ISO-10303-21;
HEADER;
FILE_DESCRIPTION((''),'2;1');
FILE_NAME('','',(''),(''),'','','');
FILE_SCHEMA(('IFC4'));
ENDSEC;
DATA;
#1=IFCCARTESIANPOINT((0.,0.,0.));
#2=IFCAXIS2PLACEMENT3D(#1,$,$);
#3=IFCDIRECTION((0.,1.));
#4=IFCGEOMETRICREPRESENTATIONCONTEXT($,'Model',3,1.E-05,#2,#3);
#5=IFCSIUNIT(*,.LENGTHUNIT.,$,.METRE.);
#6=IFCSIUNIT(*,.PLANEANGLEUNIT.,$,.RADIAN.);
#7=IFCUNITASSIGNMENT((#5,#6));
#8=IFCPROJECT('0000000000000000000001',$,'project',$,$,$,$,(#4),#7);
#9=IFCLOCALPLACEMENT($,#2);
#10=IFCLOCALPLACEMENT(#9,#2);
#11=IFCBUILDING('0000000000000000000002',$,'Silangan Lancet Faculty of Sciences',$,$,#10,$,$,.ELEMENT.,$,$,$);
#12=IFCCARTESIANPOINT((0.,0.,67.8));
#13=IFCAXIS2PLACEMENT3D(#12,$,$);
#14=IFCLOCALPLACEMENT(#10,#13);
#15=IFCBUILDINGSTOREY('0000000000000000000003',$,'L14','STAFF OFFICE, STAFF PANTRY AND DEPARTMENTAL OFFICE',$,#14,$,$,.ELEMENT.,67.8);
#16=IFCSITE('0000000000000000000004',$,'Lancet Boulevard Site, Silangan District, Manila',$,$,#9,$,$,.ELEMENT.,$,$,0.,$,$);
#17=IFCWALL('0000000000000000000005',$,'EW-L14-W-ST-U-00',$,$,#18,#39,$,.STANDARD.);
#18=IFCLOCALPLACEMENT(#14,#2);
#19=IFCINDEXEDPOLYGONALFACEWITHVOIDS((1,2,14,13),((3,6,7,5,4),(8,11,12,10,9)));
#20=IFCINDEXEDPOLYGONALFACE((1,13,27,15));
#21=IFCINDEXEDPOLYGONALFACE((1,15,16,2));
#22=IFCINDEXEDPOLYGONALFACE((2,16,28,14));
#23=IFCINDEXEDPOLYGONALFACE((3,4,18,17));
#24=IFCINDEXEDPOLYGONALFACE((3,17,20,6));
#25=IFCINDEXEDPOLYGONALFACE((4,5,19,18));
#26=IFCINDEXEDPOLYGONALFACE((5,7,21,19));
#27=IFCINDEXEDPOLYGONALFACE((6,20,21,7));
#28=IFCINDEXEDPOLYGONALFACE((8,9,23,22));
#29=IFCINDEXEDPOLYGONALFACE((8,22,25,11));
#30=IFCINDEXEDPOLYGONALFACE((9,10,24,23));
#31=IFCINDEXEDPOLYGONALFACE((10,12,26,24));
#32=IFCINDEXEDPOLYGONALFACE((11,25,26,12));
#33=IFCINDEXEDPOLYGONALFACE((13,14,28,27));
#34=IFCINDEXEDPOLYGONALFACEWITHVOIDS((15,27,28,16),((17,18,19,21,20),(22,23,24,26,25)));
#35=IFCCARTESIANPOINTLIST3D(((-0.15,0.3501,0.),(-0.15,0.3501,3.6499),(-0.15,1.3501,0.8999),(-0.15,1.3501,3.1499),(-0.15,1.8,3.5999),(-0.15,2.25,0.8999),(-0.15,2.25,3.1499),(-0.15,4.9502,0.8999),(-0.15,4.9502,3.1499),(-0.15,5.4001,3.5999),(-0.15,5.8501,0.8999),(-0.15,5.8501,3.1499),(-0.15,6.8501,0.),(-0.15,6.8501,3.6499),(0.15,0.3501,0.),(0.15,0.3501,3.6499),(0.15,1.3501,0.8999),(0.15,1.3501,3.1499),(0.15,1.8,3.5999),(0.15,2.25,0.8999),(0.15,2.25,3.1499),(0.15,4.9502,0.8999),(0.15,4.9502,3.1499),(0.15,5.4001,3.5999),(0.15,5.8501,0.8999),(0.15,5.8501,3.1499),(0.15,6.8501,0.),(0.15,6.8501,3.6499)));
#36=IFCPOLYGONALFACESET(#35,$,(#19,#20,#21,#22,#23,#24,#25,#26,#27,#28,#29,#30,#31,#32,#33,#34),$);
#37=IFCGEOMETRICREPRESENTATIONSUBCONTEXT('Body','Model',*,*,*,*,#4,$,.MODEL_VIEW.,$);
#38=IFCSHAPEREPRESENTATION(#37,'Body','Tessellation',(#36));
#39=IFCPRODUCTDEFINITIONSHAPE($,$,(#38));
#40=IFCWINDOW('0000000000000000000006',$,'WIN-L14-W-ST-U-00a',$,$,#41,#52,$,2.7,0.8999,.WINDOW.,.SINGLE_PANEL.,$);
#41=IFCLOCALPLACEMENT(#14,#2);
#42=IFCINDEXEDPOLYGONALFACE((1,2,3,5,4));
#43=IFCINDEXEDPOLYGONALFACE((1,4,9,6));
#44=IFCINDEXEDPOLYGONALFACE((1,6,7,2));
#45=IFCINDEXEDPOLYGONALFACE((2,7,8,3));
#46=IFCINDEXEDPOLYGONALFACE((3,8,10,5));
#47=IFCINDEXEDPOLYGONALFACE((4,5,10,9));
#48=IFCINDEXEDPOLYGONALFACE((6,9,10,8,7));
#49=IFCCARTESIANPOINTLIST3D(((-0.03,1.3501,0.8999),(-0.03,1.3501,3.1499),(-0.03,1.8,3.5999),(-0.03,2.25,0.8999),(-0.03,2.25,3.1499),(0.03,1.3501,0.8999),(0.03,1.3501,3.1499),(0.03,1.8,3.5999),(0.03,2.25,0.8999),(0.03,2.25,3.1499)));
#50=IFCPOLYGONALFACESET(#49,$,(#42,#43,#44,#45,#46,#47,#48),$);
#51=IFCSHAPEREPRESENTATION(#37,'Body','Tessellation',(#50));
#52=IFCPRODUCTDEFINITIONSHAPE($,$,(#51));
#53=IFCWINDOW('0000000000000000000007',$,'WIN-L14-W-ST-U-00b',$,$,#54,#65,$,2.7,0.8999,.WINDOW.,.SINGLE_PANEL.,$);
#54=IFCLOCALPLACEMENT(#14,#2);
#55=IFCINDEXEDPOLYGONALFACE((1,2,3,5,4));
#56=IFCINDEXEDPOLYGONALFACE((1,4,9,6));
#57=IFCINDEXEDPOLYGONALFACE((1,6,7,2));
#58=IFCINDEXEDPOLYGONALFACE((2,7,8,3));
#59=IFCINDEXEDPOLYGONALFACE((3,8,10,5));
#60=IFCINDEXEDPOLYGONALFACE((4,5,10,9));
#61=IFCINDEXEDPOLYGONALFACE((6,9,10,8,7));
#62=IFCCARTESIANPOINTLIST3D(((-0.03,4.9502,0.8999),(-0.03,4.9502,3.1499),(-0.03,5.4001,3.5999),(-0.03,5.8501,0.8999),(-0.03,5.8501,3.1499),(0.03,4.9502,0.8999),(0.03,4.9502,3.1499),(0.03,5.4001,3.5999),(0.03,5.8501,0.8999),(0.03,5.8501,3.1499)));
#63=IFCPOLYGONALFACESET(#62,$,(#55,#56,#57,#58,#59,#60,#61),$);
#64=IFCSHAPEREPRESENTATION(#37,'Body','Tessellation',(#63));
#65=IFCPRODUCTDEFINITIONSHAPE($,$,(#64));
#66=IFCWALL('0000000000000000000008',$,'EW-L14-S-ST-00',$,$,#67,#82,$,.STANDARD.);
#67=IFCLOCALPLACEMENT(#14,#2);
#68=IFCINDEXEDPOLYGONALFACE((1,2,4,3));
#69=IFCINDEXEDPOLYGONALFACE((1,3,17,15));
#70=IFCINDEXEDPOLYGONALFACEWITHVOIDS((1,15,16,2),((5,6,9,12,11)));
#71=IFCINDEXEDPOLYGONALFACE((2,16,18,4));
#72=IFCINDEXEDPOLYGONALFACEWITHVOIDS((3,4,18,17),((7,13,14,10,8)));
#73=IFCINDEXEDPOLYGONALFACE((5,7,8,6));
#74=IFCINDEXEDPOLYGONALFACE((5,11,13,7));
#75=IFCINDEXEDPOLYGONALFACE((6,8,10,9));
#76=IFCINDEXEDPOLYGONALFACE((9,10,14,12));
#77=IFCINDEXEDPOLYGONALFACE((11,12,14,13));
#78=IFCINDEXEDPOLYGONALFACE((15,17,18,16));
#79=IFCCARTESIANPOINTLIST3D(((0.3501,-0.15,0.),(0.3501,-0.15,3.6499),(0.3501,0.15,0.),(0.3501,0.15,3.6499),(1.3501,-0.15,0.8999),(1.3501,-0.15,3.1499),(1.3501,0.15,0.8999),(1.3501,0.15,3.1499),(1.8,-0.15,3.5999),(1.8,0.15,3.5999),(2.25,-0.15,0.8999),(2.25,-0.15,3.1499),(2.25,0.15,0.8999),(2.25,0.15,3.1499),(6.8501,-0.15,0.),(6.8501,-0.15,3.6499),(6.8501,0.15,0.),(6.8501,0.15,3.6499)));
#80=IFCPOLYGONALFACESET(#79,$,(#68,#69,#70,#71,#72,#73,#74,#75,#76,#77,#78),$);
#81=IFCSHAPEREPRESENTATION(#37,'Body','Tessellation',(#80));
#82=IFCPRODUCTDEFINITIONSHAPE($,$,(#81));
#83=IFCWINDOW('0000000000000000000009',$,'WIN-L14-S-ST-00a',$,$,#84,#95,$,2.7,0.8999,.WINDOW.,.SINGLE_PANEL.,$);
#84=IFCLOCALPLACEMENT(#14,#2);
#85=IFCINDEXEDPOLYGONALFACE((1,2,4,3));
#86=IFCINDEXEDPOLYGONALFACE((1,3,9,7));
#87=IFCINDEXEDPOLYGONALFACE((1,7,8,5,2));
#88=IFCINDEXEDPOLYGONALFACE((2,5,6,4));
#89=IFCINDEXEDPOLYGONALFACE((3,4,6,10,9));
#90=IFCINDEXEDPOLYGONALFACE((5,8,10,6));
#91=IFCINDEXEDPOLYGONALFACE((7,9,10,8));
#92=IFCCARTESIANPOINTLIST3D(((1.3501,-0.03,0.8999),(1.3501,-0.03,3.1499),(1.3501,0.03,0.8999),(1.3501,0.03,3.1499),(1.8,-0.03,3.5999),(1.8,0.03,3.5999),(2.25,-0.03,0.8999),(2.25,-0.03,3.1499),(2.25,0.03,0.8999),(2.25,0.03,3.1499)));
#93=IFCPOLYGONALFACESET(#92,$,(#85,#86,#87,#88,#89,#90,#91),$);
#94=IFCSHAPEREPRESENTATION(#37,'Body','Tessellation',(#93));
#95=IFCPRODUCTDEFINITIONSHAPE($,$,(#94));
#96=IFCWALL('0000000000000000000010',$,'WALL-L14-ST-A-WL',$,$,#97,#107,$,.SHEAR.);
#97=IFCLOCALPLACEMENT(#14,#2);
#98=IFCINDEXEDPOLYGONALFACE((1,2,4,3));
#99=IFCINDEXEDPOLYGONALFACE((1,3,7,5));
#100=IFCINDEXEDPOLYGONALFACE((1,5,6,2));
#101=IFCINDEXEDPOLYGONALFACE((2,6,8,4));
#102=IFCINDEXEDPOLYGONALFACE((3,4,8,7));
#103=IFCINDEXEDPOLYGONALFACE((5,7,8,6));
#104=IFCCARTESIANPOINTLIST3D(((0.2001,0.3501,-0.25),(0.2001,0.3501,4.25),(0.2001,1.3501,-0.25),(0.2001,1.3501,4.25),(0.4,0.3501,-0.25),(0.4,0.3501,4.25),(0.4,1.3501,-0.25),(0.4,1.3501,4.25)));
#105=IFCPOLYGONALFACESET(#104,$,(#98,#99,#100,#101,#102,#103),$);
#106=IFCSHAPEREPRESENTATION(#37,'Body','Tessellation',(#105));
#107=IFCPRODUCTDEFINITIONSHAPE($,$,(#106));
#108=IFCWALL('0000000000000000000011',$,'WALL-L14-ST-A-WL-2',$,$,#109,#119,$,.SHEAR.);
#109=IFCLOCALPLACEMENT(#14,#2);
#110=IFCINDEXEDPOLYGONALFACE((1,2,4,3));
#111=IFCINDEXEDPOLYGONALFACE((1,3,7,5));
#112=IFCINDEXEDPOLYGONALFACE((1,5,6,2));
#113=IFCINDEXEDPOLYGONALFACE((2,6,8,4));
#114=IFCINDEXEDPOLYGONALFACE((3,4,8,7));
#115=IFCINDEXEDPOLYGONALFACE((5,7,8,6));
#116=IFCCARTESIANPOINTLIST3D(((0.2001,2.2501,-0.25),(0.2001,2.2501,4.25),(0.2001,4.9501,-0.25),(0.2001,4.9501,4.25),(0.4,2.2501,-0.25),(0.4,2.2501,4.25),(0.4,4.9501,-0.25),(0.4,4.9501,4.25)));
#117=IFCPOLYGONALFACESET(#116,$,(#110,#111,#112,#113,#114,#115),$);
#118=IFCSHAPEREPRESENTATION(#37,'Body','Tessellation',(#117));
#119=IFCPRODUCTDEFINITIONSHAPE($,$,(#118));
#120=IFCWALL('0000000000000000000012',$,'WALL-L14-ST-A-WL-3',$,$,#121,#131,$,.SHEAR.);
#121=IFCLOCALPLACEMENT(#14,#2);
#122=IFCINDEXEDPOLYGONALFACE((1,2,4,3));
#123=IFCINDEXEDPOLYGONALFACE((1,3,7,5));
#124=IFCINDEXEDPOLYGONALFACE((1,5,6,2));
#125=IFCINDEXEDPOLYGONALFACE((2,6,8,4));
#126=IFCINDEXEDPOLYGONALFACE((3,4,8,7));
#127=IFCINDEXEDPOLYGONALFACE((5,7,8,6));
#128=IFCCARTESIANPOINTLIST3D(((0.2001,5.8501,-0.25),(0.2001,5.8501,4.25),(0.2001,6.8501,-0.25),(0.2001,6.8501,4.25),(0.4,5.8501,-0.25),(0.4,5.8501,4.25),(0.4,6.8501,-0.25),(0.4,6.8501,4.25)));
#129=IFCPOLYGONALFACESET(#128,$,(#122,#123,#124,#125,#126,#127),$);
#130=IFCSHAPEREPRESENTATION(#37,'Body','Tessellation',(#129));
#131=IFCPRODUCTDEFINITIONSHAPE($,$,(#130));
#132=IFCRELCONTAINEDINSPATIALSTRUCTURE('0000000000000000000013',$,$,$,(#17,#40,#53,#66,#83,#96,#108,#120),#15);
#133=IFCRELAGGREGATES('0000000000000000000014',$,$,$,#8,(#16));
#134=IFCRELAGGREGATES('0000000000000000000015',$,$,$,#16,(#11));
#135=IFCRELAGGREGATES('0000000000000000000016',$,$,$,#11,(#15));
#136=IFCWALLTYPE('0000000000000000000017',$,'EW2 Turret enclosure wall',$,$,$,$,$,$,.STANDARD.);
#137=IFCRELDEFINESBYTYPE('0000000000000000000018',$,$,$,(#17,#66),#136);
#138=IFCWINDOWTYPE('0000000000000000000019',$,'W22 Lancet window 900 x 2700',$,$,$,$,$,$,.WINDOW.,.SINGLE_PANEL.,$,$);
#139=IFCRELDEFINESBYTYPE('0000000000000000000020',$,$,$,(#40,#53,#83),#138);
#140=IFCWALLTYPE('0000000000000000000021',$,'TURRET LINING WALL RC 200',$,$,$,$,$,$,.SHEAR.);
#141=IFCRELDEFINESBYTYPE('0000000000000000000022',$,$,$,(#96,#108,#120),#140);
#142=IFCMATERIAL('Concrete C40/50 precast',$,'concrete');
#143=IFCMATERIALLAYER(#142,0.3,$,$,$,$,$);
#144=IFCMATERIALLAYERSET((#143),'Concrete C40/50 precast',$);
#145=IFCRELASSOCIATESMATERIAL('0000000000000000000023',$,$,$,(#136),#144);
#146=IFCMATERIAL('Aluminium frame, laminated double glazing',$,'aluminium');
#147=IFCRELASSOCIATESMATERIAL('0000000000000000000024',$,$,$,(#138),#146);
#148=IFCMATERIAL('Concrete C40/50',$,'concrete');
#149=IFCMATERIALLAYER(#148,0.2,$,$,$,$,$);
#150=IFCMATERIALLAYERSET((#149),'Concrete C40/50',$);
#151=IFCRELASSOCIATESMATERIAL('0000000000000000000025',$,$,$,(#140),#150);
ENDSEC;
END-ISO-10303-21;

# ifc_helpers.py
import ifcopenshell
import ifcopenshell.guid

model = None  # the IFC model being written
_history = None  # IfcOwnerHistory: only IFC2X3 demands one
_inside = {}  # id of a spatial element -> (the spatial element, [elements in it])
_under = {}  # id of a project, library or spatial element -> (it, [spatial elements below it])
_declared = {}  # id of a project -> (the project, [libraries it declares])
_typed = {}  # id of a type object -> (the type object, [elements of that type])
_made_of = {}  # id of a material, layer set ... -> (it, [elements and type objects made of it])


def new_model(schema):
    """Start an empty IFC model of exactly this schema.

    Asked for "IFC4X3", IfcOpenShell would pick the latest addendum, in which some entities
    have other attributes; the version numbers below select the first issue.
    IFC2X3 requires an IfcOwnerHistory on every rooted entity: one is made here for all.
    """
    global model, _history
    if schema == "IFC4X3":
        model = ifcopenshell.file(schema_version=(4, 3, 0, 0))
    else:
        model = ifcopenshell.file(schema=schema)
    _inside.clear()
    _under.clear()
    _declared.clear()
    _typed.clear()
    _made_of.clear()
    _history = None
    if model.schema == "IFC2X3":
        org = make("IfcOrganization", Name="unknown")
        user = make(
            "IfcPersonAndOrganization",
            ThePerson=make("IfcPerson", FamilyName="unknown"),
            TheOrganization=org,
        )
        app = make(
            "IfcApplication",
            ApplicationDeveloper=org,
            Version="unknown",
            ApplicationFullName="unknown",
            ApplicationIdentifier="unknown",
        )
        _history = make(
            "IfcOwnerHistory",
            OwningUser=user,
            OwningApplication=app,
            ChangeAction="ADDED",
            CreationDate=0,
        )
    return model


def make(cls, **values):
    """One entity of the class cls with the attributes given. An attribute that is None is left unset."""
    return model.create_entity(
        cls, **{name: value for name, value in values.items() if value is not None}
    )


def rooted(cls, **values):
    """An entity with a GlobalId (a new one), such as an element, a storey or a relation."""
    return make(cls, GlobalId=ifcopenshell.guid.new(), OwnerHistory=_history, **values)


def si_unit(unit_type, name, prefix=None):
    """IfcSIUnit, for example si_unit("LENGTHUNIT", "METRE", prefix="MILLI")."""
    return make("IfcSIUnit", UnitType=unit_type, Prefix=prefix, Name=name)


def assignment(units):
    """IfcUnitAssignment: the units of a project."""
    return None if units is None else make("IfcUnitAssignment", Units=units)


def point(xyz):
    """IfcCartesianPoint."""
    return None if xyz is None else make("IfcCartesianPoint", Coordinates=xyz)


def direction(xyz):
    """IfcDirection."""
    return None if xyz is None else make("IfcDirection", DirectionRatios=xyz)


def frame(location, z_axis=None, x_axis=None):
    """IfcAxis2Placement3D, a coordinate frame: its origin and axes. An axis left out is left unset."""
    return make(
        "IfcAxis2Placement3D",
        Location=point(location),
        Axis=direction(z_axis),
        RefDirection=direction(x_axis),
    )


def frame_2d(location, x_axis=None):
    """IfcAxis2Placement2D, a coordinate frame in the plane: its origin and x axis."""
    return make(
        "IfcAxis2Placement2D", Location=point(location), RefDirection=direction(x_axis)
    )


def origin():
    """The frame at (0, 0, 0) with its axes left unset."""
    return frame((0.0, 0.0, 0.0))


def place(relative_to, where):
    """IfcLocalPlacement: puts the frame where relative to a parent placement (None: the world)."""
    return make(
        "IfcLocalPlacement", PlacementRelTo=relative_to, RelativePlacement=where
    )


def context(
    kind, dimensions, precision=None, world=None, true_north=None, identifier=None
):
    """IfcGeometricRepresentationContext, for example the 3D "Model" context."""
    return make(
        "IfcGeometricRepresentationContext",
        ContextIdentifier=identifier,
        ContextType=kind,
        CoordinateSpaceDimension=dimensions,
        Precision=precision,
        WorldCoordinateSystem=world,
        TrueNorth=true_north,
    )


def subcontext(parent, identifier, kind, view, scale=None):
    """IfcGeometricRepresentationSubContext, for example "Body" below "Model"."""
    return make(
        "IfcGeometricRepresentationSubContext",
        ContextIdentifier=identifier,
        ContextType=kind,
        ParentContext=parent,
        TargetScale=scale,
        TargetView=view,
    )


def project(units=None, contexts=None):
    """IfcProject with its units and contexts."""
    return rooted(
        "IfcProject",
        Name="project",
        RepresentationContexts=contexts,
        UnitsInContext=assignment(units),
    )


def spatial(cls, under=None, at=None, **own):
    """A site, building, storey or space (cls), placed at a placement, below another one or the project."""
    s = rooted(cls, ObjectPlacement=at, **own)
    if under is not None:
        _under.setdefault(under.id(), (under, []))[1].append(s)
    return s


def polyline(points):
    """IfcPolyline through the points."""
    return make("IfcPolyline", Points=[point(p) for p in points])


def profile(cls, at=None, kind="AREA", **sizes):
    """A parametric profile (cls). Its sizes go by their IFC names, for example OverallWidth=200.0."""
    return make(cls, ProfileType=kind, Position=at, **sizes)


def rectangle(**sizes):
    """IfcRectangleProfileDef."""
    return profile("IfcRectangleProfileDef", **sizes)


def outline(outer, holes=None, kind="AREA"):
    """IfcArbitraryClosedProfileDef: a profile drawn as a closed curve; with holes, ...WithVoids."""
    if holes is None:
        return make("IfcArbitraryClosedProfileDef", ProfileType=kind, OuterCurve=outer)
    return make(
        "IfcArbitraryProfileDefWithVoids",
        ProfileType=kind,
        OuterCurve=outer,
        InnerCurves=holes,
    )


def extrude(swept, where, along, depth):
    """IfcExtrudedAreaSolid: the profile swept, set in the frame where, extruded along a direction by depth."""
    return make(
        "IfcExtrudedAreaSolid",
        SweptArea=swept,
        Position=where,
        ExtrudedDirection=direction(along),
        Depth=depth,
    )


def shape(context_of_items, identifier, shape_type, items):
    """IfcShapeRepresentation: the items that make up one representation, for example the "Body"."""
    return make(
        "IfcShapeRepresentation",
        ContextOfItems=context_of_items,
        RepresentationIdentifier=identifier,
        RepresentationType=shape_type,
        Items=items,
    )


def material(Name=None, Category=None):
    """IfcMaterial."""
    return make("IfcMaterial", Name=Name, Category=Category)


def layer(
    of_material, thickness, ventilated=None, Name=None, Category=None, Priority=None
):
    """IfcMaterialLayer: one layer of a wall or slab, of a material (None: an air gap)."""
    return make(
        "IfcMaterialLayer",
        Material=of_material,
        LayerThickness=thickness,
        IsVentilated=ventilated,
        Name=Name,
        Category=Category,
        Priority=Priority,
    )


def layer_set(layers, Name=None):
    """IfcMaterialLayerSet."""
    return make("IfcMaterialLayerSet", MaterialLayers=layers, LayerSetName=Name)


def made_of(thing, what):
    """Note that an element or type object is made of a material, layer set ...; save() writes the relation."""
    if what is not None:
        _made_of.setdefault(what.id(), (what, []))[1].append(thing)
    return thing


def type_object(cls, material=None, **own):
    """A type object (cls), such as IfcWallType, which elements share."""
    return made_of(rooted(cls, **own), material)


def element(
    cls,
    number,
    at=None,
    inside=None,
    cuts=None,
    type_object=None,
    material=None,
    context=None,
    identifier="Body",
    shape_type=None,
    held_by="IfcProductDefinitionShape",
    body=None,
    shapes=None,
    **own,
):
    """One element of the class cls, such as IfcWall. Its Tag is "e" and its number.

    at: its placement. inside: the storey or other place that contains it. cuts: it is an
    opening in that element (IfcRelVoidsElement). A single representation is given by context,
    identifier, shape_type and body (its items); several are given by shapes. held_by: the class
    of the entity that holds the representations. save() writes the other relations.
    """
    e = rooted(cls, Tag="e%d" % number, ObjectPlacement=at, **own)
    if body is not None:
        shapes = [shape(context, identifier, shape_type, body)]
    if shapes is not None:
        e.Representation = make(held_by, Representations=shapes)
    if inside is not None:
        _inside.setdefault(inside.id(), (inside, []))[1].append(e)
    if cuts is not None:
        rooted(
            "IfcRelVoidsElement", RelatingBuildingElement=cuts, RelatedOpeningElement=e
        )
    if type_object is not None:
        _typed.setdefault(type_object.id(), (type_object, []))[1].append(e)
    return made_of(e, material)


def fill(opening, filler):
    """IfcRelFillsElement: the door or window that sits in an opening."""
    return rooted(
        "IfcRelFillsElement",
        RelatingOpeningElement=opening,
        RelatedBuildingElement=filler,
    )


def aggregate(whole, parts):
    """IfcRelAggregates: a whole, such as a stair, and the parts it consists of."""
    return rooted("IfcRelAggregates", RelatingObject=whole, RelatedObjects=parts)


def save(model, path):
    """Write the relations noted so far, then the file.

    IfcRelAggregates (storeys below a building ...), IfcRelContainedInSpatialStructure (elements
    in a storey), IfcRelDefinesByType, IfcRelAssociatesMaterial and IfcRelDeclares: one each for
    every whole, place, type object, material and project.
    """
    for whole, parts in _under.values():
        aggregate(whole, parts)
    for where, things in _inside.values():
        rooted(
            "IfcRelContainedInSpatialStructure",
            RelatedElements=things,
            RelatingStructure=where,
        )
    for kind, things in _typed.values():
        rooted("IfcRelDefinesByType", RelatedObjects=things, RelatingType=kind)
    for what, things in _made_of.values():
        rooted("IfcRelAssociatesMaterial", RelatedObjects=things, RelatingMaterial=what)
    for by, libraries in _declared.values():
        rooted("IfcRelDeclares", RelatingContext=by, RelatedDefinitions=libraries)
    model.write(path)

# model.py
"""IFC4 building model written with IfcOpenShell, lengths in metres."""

from ifc_helpers import new_model, si_unit, direction, frame, frame_2d, origin, place, context, subcontext, project, spatial, polyline, rectangle, outline, extrude, material, layer, layer_set, type_object, element, fill, save


model = new_model("IFC4")

# Units and contexts
model_context = context("Model", 3, precision=1e-05, world=origin(), true_north=direction((0.0, 1.0)))
body_context = subcontext(model_context, "Body", "Model", "MODEL_VIEW")
ifc_project = project(units=[si_unit("LENGTHUNIT", "METRE"), si_unit("PLANEANGLEUNIT", "RADIAN")], contexts=[model_context])

# Site, building, storey
site_placement = place(None, origin())
site = spatial("IfcSite", under=ifc_project, at=site_placement, Name="Lancet Boulevard Site, Silangan District, Manila", CompositionType="ELEMENT", RefElevation=0.0)
building_placement = place(site_placement, origin())
building = spatial("IfcBuilding", under=site, at=building_placement, Name="Silangan Lancet Faculty of Sciences", CompositionType="ELEMENT")
storey_placement = place(building_placement, frame((0.0, 0.0, 67.8)))
storey = spatial("IfcBuildingStorey", under=building, at=storey_placement, Name="L14", Description="STAFF OFFICE, STAFF PANTRY AND DEPARTMENTAL OFFICE", CompositionType="ELEMENT", Elevation=67.8)

# Wall, openings, windows
ifc_material_1 = material(Name="Concrete C40/50 precast", Category="concrete")
ifc_layer_1 = layer(ifc_material_1, 0.3)
ifc_layer_set_1 = layer_set([ifc_layer_1], Name="Concrete C40/50 precast")
wall_type_1 = type_object("IfcWallType", Name="EW2 Turret enclosure wall", PredefinedType="STANDARD", material=ifc_layer_set_1)
wall_1_placement = place(storey_placement, frame((0.0, 0.3501, 0.0), z_axis=(0.0, 0.0, 1.0), x_axis=(0.0, 1.0, 0.0)))
wall_1 = element("IfcWall", 1, at=wall_1_placement, inside=storey, type_object=wall_type_1, Name="EW-L14-W-ST-U-00", PredefinedType="STANDARD", context=body_context, shape_type="SweptSolid", body=[
    extrude(rectangle(XDim=6.5, YDim=0.3, at=frame_2d((3.25, 0.0))), origin(), (0.0, 0.0, 1.0), 3.6499),
])
opening_1_placement = place(wall_1_placement, frame((1.0, 0.0, 0.8999)))
opening_1 = element("IfcOpeningElement", 2, at=opening_1_placement, cuts=wall_1, PredefinedType="OPENING", context=body_context, shape_type="SweptSolid", body=[
    extrude(outline(polyline([(0.0, 0.0), (0.8999, 0.0), (0.8999, 2.25), (0.45, 2.7), (0.0, 2.25), (0.0, 0.0)])), frame((0.0, 0.1599, 0.0), z_axis=(0.0, -1.0, 0.0), x_axis=(1.0, 0.0, 0.0)), (0.0, 0.0, 1.0), 0.3201),
])
opening_2_placement = place(wall_1_placement, frame((4.6001, 0.0, 0.8999)))
opening_2 = element("IfcOpeningElement", 3, at=opening_2_placement, cuts=wall_1, PredefinedType="OPENING", context=body_context, shape_type="SweptSolid", body=[
    extrude(outline(polyline([(0.0, 0.0), (0.8999, 0.0), (0.8999, 2.25), (0.45, 2.7), (0.0, 2.25), (0.0, 0.0)])), frame((0.0, 0.1599, 0.0), z_axis=(0.0, -1.0, 0.0), x_axis=(1.0, 0.0, 0.0)), (0.0, 0.0, 1.0), 0.3201),
])
ifc_material_2 = material(Name="Aluminium frame, laminated double glazing", Category="aluminium")
window_type = type_object("IfcWindowType", Name="W22 Lancet window 900 x 2700", PartitioningType="SINGLE_PANEL", PredefinedType="WINDOW", material=ifc_material_2)
window_1_placement = place(opening_1_placement, origin())
window_1 = element("IfcWindow", 4, at=window_1_placement, inside=storey, type_object=window_type, Name="WIN-L14-W-ST-U-00a", OverallHeight=2.7, OverallWidth=0.8999, PartitioningType="SINGLE_PANEL", PredefinedType="WINDOW", context=body_context, shape_type="SweptSolid", body=[
    extrude(outline(polyline([(0.0, 0.0), (0.8999, 0.0), (0.8999, 2.25), (0.45, 2.7), (0.0, 2.25), (0.0, 0.0)])), frame((0.0, 0.03, 0.0), z_axis=(0.0, -1.0, 0.0), x_axis=(1.0, 0.0, 0.0)), (0.0, 0.0, 1.0), 0.0601),
])
fill(opening_1, window_1)
window_2_placement = place(opening_2_placement, origin())
window_2 = element("IfcWindow", 5, at=window_2_placement, inside=storey, type_object=window_type, Name="WIN-L14-W-ST-U-00b", OverallHeight=2.7, OverallWidth=0.8999, PartitioningType="SINGLE_PANEL", PredefinedType="WINDOW", context=body_context, shape_type="SweptSolid", body=[
    extrude(outline(polyline([(0.0, 0.0), (0.8999, 0.0), (0.8999, 2.25), (0.45, 2.7), (0.0, 2.25), (0.0, 0.0)])), frame((0.0, 0.03, 0.0), z_axis=(0.0, -1.0, 0.0), x_axis=(1.0, 0.0, 0.0)), (0.0, 0.0, 1.0), 0.0601),
])
fill(opening_2, window_2)

# Wall, opening, window
wall_2_placement = place(storey_placement, frame((0.3501, 0.0, 0.0), z_axis=(0.0, 0.0, 1.0), x_axis=(1.0, 0.0, 0.0)))
wall_2 = element("IfcWall", 6, at=wall_2_placement, inside=storey, type_object=wall_type_1, Name="EW-L14-S-ST-00", PredefinedType="STANDARD", context=body_context, shape_type="SweptSolid", body=[
    extrude(rectangle(XDim=6.5, YDim=0.3, at=frame_2d((3.25, 0.0))), origin(), (0.0, 0.0, 1.0), 3.6499),
])
opening_3_placement = place(wall_2_placement, frame((1.0, 0.0, 0.8999)))
opening_3 = element("IfcOpeningElement", 7, at=opening_3_placement, cuts=wall_2, PredefinedType="OPENING", context=body_context, shape_type="SweptSolid", body=[
    extrude(outline(polyline([(0.0, 0.0), (0.8999, 0.0), (0.8999, 2.25), (0.45, 2.7), (0.0, 2.25), (0.0, 0.0)])), frame((0.0, 0.1599, 0.0), z_axis=(0.0, -1.0, 0.0), x_axis=(1.0, 0.0, 0.0)), (0.0, 0.0, 1.0), 0.3201),
])
window_3_placement = place(opening_3_placement, origin())
window_3 = element("IfcWindow", 8, at=window_3_placement, inside=storey, type_object=window_type, Name="WIN-L14-S-ST-00a", OverallHeight=2.7, OverallWidth=0.8999, PartitioningType="SINGLE_PANEL", PredefinedType="WINDOW", context=body_context, shape_type="SweptSolid", body=[
    extrude(outline(polyline([(0.0, 0.0), (0.8999, 0.0), (0.8999, 2.25), (0.45, 2.7), (0.0, 2.25), (0.0, 0.0)])), frame((0.0, 0.03, 0.0), z_axis=(0.0, -1.0, 0.0), x_axis=(1.0, 0.0, 0.0)), (0.0, 0.0, 1.0), 0.0601),
])
fill(opening_3, window_3)

# Walls
ifc_material_3 = material(Name="Concrete C40/50", Category="concrete")
ifc_layer_2 = layer(ifc_material_3, 0.2)
ifc_layer_set_2 = layer_set([ifc_layer_2], Name="Concrete C40/50")
wall_type_2 = type_object("IfcWallType", Name="TURRET LINING WALL RC 200", PredefinedType="SHEAR", material=ifc_layer_set_2)
wall_3_placement = place(storey_placement, frame((0.3, 0.3501, -0.25), z_axis=(0.0, 0.0, 1.0), x_axis=(0.0, 1.0, 0.0)))
element("IfcWall", 9, at=wall_3_placement, inside=storey, type_object=wall_type_2, Name="WALL-L14-ST-A-WL", PredefinedType="SHEAR", context=body_context, shape_type="SweptSolid", body=[
    extrude(rectangle(XDim=1.0, YDim=0.2, at=frame_2d((0.5, 0.0))), origin(), (0.0, 0.0, 1.0), 4.5),
])
wall_4_placement = place(storey_placement, frame((0.3, 2.25, -0.25), z_axis=(0.0, 0.0, 1.0), x_axis=(0.0, 1.0, 0.0)))
element("IfcWall", 10, at=wall_4_placement, inside=storey, type_object=wall_type_2, Name="WALL-L14-ST-A-WL-2", PredefinedType="SHEAR", context=body_context, shape_type="SweptSolid", body=[
    extrude(rectangle(XDim=2.7, YDim=0.2, at=frame_2d((1.3501, 0.0))), origin(), (0.0, 0.0, 1.0), 4.5),
])
wall_5_placement = place(storey_placement, frame((0.3, 5.8501, -0.25), z_axis=(0.0, 0.0, 1.0), x_axis=(0.0, 1.0, 0.0)))
element("IfcWall", 11, at=wall_5_placement, inside=storey, type_object=wall_type_2, Name="WALL-L14-ST-A-WL-3", PredefinedType="SHEAR", context=body_context, shape_type="SweptSolid", body=[
    extrude(rectangle(XDim=1.0, YDim=0.2, at=frame_2d((0.5, 0.0))), origin(), (0.0, 0.0, 1.0), 4.5),
])

save(model, "model.ifc")
